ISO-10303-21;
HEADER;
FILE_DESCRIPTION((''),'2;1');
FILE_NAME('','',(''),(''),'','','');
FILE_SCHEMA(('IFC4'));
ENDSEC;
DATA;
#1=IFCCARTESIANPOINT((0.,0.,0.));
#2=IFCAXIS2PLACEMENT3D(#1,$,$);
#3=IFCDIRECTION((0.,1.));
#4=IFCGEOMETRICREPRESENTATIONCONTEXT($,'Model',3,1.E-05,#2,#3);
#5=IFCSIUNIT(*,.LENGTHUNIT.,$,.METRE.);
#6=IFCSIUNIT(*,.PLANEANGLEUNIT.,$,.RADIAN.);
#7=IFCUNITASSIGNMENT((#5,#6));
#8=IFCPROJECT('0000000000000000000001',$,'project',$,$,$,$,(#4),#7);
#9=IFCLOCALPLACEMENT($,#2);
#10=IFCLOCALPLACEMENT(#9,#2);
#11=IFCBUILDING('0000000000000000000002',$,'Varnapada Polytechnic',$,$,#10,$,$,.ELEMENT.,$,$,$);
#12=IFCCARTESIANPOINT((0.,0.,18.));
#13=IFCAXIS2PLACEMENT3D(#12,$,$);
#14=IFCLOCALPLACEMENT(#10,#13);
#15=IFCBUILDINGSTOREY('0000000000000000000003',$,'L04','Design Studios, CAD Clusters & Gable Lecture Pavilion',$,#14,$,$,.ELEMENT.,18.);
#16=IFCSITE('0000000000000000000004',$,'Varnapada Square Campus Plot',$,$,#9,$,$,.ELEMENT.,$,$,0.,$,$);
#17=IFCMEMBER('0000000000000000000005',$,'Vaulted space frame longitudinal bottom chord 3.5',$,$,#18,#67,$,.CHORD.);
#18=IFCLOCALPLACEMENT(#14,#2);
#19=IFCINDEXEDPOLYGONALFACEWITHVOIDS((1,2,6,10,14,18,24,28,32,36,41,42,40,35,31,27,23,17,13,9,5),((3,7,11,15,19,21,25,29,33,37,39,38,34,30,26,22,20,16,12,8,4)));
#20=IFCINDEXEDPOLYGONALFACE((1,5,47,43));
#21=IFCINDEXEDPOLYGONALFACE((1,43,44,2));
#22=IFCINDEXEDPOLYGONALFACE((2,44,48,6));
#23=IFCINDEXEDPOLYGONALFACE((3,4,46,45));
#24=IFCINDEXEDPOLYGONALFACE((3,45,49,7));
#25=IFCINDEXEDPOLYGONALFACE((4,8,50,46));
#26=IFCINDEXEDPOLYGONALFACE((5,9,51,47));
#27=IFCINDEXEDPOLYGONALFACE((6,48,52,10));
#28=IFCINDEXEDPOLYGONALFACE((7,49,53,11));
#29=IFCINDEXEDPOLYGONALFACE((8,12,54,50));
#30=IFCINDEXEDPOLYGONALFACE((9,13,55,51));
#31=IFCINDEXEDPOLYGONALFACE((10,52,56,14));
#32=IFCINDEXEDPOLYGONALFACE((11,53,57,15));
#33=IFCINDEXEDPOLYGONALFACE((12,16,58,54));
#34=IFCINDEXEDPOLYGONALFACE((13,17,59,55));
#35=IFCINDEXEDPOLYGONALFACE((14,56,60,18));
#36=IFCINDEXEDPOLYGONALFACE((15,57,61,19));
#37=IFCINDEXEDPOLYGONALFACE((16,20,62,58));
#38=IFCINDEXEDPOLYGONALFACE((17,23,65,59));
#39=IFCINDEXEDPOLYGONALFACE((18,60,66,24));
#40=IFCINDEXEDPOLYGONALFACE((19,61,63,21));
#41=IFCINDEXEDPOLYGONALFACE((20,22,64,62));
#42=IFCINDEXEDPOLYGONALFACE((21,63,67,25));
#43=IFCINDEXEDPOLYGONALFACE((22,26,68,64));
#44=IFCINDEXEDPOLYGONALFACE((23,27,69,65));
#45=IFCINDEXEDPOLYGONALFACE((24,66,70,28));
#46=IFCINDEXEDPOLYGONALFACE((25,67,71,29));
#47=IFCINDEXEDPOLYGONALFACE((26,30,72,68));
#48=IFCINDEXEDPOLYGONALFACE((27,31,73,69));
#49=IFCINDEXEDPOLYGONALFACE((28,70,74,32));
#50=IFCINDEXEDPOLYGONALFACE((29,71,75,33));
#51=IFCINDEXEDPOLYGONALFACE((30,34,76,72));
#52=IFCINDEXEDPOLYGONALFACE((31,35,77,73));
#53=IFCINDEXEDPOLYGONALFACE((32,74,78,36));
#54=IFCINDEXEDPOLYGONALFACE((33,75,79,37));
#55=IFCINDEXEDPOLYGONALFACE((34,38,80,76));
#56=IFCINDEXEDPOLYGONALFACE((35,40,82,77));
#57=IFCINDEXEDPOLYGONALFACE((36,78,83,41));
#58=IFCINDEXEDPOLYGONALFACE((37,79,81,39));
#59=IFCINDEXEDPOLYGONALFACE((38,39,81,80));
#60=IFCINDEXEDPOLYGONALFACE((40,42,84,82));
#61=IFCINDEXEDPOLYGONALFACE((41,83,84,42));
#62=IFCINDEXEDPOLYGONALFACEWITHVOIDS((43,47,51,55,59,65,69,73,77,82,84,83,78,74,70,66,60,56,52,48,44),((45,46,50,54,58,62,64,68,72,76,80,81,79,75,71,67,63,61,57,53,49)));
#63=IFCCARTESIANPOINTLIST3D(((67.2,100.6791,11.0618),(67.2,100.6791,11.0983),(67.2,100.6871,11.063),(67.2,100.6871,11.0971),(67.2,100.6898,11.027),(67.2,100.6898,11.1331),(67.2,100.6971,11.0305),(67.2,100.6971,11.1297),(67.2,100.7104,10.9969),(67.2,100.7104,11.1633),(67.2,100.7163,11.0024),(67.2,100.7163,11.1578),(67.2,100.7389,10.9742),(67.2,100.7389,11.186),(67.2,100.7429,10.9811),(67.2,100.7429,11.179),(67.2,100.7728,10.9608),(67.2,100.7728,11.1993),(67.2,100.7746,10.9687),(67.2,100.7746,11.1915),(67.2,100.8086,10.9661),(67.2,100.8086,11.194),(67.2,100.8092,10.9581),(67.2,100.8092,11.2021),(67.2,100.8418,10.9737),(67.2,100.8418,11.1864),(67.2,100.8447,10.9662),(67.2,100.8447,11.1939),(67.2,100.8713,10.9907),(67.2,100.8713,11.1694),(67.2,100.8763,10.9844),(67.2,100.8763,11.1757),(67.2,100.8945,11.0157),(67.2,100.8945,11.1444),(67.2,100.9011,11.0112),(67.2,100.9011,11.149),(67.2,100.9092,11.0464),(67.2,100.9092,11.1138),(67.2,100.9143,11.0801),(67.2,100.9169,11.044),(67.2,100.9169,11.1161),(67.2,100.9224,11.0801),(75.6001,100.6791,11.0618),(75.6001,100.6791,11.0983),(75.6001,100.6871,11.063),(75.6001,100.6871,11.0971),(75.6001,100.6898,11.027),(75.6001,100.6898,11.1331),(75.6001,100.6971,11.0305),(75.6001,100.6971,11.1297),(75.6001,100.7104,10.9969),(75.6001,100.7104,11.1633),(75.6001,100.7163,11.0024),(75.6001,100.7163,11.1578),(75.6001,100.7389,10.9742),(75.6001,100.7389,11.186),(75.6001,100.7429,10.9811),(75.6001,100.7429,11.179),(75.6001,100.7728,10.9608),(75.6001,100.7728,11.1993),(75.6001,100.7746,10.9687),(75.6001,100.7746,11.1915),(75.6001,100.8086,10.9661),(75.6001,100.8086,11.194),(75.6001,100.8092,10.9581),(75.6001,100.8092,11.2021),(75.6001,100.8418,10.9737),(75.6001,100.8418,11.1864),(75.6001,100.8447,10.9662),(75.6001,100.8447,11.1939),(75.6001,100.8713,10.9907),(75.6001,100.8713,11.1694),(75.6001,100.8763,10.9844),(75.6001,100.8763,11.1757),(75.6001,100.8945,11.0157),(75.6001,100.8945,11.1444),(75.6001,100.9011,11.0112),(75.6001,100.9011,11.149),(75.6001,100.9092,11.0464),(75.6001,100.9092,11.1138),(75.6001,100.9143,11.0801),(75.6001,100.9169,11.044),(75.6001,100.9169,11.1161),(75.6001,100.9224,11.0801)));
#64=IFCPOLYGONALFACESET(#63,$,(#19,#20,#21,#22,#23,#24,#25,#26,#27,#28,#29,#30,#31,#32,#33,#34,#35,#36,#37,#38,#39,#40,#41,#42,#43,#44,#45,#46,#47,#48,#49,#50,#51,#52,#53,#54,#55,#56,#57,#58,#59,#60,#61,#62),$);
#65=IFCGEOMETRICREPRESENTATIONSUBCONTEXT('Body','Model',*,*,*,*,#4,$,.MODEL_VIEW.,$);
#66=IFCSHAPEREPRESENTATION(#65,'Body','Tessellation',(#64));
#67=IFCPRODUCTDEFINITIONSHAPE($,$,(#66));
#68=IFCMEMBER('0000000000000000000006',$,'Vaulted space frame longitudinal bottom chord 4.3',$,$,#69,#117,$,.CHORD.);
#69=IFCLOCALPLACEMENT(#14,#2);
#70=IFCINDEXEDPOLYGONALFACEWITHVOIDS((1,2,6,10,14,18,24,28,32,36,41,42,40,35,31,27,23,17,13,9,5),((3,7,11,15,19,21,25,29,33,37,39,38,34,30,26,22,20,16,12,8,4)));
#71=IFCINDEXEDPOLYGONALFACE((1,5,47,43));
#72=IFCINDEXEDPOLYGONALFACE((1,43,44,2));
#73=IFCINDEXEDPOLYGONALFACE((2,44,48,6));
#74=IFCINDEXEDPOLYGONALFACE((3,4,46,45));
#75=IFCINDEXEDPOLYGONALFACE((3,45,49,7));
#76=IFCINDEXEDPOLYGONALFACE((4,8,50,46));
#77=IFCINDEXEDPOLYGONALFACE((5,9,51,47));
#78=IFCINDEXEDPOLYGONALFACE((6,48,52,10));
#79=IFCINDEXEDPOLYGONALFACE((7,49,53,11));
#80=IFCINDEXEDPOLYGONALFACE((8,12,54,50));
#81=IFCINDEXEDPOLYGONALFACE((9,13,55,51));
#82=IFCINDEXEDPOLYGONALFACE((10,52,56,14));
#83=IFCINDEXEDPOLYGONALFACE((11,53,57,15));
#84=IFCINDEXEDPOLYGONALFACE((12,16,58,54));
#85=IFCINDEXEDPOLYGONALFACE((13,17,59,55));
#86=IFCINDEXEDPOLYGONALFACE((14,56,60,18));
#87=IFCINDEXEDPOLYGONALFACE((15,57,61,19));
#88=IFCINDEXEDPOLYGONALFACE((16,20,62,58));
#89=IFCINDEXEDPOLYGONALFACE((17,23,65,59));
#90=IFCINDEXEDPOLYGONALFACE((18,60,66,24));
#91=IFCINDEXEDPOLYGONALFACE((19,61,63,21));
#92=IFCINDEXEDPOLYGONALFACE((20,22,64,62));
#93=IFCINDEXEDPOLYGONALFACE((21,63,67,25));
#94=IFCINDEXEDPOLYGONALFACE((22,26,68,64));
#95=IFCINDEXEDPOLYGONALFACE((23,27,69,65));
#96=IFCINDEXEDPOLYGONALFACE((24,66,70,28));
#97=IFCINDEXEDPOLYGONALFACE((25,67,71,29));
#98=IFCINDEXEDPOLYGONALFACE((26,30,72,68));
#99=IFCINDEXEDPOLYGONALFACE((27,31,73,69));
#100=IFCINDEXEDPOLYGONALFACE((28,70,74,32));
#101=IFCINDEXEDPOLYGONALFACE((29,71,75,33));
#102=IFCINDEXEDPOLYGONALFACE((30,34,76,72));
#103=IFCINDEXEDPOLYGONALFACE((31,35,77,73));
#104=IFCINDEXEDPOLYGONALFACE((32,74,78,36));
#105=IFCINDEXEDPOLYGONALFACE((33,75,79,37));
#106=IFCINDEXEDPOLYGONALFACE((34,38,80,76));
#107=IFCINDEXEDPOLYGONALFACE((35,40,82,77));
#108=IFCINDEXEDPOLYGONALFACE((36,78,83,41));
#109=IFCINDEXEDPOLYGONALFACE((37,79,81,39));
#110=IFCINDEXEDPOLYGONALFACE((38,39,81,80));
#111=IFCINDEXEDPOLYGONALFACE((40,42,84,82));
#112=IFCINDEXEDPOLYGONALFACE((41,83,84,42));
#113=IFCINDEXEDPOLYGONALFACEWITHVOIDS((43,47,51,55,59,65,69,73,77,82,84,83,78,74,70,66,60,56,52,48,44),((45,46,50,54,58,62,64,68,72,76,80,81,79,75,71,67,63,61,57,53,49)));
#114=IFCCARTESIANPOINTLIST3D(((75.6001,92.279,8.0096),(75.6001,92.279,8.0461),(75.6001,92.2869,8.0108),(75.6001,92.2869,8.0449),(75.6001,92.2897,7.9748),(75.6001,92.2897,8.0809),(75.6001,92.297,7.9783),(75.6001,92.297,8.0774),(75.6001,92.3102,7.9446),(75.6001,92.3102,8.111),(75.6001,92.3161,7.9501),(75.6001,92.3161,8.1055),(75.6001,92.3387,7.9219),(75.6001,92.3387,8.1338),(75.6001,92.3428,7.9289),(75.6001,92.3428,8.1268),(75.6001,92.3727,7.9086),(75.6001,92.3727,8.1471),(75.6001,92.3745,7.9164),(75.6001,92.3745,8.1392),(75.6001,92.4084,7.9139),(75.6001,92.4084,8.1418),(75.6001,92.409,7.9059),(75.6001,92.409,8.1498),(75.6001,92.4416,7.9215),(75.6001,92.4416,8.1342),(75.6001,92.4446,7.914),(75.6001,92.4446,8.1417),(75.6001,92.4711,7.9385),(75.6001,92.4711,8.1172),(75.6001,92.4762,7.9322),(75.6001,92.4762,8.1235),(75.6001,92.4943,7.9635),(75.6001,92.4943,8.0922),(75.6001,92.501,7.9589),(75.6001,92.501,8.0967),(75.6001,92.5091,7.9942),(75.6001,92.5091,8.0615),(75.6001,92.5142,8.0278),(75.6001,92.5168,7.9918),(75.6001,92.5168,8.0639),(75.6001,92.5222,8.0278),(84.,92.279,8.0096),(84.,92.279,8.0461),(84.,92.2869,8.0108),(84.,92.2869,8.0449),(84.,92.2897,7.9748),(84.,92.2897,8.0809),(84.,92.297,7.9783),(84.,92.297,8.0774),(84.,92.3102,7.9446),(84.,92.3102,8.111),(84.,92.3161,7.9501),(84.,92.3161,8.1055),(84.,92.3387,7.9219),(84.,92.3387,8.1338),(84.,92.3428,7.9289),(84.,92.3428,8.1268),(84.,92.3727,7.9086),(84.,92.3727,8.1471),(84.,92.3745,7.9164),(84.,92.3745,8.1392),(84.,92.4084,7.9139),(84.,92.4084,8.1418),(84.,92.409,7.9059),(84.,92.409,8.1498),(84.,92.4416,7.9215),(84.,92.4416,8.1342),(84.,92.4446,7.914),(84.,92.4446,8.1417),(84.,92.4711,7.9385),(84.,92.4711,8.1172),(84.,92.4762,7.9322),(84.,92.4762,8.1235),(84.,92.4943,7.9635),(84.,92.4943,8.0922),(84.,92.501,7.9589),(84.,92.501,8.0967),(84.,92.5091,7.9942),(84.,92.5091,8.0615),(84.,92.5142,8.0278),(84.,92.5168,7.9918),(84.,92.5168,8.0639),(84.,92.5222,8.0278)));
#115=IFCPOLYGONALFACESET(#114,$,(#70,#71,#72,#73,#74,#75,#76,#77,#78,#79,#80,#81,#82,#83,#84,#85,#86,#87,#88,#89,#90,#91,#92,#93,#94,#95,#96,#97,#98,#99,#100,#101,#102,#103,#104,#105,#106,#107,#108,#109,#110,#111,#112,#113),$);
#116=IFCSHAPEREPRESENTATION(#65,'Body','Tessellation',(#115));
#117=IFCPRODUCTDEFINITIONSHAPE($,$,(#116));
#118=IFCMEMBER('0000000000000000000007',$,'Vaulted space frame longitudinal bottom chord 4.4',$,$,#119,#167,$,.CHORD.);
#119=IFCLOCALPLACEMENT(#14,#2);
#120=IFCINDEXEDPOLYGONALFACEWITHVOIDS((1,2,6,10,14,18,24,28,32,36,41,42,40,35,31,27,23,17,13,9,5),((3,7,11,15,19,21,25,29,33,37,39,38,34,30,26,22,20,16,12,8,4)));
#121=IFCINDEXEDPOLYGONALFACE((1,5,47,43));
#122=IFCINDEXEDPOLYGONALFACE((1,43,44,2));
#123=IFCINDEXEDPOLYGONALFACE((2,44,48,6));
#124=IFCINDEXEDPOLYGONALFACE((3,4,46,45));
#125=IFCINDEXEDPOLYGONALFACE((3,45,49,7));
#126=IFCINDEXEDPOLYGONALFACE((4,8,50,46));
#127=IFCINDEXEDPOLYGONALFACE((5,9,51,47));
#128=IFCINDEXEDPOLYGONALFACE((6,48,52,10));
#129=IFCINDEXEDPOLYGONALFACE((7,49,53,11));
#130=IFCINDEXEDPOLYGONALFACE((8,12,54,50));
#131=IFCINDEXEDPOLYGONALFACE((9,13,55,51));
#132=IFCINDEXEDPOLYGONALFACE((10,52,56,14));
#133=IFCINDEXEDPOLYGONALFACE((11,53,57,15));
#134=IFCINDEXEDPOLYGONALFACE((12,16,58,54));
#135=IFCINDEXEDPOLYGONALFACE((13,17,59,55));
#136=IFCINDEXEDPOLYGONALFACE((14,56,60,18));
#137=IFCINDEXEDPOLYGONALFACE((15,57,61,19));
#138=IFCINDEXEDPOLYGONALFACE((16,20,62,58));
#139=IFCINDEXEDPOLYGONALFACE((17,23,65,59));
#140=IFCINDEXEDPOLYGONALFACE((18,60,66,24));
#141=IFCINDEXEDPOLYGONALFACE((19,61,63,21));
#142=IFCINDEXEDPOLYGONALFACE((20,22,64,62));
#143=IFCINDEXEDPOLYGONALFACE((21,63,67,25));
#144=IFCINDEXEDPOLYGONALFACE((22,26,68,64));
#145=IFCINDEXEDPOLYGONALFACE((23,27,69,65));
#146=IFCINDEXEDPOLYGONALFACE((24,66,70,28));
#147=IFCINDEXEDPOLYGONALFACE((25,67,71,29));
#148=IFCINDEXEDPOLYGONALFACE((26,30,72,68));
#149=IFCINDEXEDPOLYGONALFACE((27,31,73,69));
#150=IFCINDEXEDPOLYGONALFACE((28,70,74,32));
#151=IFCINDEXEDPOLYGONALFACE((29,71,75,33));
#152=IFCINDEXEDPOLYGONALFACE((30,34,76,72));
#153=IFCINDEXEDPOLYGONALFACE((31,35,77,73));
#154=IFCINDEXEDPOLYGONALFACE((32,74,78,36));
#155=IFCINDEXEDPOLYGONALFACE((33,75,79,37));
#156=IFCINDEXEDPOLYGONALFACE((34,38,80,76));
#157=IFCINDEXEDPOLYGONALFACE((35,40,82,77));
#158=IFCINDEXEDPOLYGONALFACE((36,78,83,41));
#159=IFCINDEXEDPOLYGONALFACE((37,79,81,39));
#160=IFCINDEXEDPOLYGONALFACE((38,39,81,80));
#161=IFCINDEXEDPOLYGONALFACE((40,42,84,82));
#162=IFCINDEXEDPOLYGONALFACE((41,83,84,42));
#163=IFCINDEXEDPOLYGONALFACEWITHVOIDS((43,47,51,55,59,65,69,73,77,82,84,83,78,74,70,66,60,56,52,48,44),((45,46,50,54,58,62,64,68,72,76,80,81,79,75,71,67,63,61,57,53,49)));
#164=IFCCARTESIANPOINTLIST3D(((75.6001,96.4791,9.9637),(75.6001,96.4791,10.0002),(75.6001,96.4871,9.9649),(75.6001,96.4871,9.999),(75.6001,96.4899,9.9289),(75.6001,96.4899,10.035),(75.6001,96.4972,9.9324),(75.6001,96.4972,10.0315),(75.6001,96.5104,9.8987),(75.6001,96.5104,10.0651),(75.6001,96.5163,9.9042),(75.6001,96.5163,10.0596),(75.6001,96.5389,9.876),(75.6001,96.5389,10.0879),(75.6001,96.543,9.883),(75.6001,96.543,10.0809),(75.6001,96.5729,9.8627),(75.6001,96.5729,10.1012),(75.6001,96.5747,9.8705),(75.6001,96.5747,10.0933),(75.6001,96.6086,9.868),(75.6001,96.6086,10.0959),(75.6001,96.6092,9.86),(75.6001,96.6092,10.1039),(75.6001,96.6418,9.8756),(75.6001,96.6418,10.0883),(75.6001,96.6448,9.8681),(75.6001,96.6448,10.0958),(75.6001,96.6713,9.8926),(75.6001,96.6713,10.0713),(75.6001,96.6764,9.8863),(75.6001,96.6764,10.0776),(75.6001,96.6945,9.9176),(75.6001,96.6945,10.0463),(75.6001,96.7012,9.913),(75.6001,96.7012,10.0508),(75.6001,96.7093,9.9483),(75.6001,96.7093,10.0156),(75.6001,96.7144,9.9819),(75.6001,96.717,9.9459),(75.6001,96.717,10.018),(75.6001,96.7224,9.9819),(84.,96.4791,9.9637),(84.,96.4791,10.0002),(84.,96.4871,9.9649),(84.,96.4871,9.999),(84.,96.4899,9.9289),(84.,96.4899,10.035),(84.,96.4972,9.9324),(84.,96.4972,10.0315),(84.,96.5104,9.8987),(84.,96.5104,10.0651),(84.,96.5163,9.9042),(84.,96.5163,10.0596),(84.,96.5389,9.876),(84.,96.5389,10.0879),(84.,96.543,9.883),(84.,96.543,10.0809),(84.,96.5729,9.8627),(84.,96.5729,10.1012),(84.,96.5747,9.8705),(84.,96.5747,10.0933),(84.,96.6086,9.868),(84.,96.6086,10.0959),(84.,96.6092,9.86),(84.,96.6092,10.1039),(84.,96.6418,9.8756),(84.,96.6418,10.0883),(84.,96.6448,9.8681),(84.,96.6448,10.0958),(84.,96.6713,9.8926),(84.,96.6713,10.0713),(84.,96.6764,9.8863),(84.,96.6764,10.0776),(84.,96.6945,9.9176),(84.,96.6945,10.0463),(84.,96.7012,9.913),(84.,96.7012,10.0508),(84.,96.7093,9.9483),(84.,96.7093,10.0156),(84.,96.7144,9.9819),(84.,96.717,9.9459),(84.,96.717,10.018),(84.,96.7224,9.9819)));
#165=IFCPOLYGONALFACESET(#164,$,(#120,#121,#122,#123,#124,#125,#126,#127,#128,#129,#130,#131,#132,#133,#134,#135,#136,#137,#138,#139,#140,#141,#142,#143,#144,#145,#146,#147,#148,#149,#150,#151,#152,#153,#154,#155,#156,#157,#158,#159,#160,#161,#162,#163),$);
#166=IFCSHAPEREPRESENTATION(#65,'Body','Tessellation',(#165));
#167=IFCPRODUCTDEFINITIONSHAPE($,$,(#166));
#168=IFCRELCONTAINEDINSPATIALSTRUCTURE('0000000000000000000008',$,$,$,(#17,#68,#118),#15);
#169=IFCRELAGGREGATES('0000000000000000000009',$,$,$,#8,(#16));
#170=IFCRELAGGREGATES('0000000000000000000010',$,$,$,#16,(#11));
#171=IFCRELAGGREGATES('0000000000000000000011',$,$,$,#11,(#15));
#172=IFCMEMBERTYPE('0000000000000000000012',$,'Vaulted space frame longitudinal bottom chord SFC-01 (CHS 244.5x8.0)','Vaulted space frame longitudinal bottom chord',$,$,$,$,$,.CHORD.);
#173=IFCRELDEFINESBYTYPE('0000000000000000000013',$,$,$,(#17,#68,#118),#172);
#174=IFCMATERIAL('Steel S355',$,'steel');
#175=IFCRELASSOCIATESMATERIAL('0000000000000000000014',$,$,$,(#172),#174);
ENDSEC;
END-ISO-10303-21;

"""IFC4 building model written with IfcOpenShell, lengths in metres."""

from ifc_helpers import new_model, si_unit, direction, frame, origin, origin_2d, place, context, subcontext, project, spatial, hollow_circle, extrude, material, material_profile, profile_set, type_object, element, save


model = new_model("IFC4")

# Units and contexts
model_context = context("Model", 3, precision=1e-05, world=origin(), true_north=direction((0.0, 1.0)))
body_context = subcontext(model_context, "Body", "Model", "MODEL_VIEW")
ifc_project = project(units=[si_unit("LENGTHUNIT", "METRE"), si_unit("PLANEANGLEUNIT", "RADIAN")], contexts=[model_context])

# Site, building, storey
site_placement = place(None, origin())
site = spatial("IfcSite", under=ifc_project, at=site_placement, Name="Varnapada Square Campus Plot", CompositionType="ELEMENT", RefElevation=0.0)
building_placement = place(site_placement, origin())
building = spatial("IfcBuilding", under=site, at=building_placement, Name="Varnapada Polytechnic", CompositionType="ELEMENT")
storey_placement = place(building_placement, frame((0.0, 0.0, 18.0)))
storey = spatial("IfcBuildingStorey", under=building, at=storey_placement, Name="L04", Description="Design Studios, CAD Clusters & Gable Lecture Pavilion", CompositionType="ELEMENT", Elevation=18.0)

# Members
ifc_material = material(Name="Steel S355", Category="steel")
ifc_material_profile_1 = material_profile(ifc_material, hollow_circle(Radius=0.1223, WallThickness=0.0081, at=origin_2d()), Name="CHS 244.5x8.0")
ifc_profile_set_1 = profile_set([ifc_material_profile_1], Name="Steel S355")
member_type_1 = type_object("IfcMemberType", Name="Vaulted space frame longitudinal bottom chord SFC-01 (CHS 244.5x8.0)", Description="Vaulted space frame longitudinal bottom chord", PredefinedType="CHORD", material=ifc_profile_set_1)
member_1_placement = place(storey_placement, frame((67.2, 100.8, 11.0801), z_axis=(1.0, 0.0, 0.0), x_axis=(0.0, 1.0, 0.0)))
element("IfcMember", 1, at=member_1_placement, inside=storey, type_object=member_type_1, Name="Vaulted space frame longitudinal bottom chord 3.5", PredefinedType="CHORD", context=body_context, shape_type="SweptSolid", body=[
    extrude(hollow_circle(Radius=0.1223, WallThickness=0.0081, at=origin_2d()), origin(), (0.0, 0.0, 1.0), 8.4001),
])
for number, where, z_axis, x_axis, name in (
    (2, (75.6001, 92.3999, 8.0278), (1.0, 0.0, 0.0), (0.0, 1.0, 0.0), "Vaulted space frame longitudinal bottom chord 4.3"),
    (3, (75.6001, 96.6001, 9.9819), (1.0, 0.0, 0.0), (0.0, 1.0, 0.0), "Vaulted space frame longitudinal bottom chord 4.4"),
):
    element("IfcMember", number, at=place(storey_placement, frame(where, z_axis=z_axis, x_axis=x_axis)), inside=storey, type_object=member_type_1, Name=name, PredefinedType="CHORD", context=body_context, shape_type="SweptSolid", body=[
        extrude(hollow_circle(Radius=0.1223, WallThickness=0.0081, at=origin_2d()), origin(), (0.0, 0.0, 1.0), 8.3999),
    ])

save(model, "model.ifc")
